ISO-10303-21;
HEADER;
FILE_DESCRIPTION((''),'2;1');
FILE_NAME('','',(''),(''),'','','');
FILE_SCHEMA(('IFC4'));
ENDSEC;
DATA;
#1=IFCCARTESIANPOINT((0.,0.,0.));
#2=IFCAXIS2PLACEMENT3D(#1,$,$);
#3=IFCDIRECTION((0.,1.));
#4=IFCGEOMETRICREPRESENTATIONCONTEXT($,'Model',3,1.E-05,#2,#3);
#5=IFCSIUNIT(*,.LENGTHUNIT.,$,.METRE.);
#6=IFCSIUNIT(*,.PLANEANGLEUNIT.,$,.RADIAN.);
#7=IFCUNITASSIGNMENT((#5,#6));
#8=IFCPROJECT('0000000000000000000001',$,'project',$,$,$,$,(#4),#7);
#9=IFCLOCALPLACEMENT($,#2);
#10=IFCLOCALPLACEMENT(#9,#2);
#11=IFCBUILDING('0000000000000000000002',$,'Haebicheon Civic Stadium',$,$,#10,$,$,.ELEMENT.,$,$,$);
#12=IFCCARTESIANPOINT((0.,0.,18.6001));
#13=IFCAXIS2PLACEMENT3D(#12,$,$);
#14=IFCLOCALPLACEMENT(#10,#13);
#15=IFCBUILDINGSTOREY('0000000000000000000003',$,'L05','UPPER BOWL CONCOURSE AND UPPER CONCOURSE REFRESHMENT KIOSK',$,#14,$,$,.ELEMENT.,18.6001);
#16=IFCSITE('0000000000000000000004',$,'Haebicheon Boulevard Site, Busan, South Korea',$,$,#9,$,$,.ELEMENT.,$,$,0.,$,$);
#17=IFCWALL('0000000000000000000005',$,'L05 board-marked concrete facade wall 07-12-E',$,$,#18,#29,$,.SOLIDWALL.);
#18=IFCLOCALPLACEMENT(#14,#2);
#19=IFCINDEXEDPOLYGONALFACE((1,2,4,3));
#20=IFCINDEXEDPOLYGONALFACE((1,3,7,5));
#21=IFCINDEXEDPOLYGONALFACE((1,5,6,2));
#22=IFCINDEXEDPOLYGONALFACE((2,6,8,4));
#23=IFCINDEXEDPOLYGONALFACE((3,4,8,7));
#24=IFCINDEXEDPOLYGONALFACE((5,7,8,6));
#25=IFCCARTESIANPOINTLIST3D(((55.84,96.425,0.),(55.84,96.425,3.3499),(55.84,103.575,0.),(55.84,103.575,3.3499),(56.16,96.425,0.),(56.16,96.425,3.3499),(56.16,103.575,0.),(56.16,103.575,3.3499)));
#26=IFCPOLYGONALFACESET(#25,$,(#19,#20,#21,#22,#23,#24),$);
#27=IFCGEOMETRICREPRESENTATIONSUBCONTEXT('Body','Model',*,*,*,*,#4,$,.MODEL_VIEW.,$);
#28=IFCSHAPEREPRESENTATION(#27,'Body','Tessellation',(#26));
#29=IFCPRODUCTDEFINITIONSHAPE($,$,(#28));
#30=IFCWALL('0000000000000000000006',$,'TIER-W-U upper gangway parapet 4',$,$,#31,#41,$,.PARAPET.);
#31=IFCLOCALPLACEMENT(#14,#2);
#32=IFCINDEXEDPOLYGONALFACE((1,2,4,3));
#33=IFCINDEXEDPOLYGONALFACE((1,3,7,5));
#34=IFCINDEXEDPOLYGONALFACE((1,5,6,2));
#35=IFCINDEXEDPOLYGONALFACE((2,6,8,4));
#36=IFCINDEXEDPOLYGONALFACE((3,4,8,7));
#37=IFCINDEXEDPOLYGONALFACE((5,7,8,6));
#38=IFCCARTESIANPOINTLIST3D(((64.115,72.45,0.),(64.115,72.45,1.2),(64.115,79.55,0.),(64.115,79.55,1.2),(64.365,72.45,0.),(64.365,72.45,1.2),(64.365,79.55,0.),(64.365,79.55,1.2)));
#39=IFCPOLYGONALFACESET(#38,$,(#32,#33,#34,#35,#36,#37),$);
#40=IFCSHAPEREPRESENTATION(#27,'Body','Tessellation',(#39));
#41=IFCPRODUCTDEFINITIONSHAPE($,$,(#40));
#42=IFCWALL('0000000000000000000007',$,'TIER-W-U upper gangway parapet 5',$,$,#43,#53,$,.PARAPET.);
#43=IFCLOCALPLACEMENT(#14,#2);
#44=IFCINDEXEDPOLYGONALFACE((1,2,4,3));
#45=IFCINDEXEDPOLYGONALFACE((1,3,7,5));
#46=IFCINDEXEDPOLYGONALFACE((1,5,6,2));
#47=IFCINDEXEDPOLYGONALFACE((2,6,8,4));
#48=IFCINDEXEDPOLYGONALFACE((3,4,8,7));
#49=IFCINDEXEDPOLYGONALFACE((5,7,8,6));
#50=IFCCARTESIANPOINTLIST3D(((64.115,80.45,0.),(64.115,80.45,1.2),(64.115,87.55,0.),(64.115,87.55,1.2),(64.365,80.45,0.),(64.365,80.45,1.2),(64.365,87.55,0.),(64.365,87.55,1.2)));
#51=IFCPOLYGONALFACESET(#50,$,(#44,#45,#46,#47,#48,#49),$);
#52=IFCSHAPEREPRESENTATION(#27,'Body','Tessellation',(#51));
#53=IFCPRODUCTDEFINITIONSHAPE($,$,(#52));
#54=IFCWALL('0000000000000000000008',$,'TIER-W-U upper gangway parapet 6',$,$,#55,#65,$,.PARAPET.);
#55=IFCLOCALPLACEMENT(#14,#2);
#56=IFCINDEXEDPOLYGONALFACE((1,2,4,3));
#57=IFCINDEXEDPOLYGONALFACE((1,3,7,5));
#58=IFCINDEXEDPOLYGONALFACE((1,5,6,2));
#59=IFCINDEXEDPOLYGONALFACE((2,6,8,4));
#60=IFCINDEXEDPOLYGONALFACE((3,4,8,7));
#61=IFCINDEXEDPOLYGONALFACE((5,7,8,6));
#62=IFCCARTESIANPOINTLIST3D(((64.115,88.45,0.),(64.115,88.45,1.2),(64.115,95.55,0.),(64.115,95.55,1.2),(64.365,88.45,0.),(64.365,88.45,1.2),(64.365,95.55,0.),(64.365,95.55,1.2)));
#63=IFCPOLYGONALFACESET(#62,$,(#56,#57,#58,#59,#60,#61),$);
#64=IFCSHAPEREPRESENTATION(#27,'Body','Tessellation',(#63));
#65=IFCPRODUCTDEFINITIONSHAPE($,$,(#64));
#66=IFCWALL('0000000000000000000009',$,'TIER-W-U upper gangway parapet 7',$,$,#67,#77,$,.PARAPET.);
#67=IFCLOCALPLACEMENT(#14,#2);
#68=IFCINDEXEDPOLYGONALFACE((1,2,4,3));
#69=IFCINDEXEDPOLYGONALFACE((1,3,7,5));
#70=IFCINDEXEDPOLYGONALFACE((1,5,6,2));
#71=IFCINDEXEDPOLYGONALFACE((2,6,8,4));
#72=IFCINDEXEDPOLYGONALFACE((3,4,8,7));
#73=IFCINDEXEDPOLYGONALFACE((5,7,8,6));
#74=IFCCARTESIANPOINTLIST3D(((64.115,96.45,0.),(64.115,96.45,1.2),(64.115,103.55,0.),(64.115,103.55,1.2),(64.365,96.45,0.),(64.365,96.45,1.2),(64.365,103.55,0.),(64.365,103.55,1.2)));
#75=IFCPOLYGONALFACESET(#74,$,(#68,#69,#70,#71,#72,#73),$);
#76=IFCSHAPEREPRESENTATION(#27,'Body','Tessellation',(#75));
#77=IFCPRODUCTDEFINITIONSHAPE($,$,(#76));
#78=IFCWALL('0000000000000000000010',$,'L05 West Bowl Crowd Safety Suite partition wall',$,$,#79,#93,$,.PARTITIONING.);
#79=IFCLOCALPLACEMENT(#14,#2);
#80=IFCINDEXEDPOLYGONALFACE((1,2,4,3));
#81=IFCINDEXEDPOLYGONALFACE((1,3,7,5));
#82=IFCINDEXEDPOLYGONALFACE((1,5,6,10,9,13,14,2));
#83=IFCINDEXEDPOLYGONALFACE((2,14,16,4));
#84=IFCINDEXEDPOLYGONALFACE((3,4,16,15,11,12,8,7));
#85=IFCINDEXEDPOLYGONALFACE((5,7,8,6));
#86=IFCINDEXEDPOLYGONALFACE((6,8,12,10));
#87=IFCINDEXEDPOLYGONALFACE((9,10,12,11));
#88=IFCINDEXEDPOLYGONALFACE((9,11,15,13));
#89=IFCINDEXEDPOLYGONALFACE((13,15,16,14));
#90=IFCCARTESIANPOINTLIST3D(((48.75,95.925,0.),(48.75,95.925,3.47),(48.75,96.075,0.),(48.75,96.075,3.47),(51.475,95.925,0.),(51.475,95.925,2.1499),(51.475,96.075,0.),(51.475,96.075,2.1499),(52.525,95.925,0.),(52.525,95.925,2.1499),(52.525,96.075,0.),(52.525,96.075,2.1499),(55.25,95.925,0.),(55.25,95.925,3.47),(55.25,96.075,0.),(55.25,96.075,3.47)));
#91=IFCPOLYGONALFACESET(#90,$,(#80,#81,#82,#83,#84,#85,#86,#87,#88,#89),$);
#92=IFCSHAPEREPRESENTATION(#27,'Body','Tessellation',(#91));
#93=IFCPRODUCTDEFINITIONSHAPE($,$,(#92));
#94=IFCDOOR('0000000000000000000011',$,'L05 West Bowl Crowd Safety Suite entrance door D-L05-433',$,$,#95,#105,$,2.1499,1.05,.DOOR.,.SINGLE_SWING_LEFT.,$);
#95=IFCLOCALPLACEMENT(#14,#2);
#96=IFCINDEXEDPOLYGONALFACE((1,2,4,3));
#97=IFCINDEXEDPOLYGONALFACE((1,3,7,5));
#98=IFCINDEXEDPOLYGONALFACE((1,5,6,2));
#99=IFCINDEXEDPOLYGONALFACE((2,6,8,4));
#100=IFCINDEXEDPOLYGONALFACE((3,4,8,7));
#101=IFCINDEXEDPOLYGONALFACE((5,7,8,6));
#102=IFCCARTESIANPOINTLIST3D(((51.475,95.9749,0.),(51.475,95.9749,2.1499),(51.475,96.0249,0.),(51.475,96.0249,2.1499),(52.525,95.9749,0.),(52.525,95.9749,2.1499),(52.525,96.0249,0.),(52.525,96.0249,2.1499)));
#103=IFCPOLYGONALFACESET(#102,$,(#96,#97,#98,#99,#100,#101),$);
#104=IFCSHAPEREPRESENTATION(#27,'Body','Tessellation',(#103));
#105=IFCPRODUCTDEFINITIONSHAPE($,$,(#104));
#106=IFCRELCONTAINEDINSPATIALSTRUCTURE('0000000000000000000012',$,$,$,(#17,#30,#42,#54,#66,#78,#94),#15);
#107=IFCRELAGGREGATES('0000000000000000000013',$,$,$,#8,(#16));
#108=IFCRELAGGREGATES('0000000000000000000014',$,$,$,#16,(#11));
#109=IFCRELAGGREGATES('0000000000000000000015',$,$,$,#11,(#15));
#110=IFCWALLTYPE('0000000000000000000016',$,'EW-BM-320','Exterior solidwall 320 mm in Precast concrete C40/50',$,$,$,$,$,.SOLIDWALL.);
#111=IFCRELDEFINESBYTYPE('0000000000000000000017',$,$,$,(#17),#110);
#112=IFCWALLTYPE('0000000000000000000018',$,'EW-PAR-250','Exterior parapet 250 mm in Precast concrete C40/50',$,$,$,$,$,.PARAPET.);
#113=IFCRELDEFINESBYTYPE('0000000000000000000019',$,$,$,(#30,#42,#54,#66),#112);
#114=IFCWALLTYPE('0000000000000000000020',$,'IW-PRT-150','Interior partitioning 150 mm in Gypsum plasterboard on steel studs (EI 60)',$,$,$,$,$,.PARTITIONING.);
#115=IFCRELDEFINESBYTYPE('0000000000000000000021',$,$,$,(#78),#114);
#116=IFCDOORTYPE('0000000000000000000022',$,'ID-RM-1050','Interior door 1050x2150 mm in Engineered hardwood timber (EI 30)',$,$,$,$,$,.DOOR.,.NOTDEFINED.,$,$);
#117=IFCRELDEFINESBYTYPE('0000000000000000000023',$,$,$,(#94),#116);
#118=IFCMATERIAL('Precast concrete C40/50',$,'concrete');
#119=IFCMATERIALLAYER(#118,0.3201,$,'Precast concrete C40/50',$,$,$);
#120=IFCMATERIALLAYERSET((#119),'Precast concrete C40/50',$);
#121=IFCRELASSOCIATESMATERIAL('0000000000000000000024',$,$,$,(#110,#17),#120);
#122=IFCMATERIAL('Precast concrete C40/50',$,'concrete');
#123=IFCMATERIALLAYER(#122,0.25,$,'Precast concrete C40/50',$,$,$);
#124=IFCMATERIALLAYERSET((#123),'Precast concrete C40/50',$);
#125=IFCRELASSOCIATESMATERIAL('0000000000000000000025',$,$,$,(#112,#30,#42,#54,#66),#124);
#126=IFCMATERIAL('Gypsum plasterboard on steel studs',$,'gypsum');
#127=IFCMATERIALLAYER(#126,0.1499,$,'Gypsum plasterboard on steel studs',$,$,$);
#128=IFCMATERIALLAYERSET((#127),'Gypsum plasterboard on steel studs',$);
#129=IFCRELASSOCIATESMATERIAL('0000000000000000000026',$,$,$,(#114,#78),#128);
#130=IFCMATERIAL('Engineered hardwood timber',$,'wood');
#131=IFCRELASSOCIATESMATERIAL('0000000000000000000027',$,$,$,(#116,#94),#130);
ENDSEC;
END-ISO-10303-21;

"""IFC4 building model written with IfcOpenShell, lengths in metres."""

from ifc_helpers import new_model, si_unit, direction, frame, frame_2d, origin, place, context, subcontext, project, spatial, rectangle, extrude, material, layer, layer_set, type_object, element, fill, save


model = new_model("IFC4")

# Units and contexts
model_context = context("Model", 3, precision=1e-05, world=origin(), true_north=direction((0.0, 1.0)))
body_context = subcontext(model_context, "Body", "Model", "MODEL_VIEW")
ifc_project = project(units=[si_unit("LENGTHUNIT", "METRE"), si_unit("PLANEANGLEUNIT", "RADIAN")], contexts=[model_context])

# Site, building, storey
site_placement = place(None, origin())
site = spatial("IfcSite", under=ifc_project, at=site_placement, Name="Haebicheon Boulevard Site, Busan, South Korea", CompositionType="ELEMENT", RefElevation=0.0)
building_placement = place(site_placement, origin())
building = spatial("IfcBuilding", under=site, at=building_placement, Name="Haebicheon Civic Stadium", CompositionType="ELEMENT")
storey_placement = place(building_placement, frame((0.0, 0.0, 18.6001)))
storey = spatial("IfcBuildingStorey", under=building, at=storey_placement, Name="L05", Description="UPPER BOWL CONCOURSE AND UPPER CONCOURSE REFRESHMENT KIOSK", CompositionType="ELEMENT", Elevation=18.6001)

# Walls
ifc_material_1 = material(Name="Precast concrete C40/50", Category="concrete")
ifc_layer_1 = layer(ifc_material_1, 0.3201, Name="Precast concrete C40/50")
ifc_layer_set_1 = layer_set([ifc_layer_1], Name="Precast concrete C40/50")
wall_type_1 = type_object("IfcWallType", Name="EW-BM-320", Description="Exterior solidwall 320 mm in Precast concrete C40/50", PredefinedType="SOLIDWALL", material=ifc_layer_set_1)
for number, where, z_axis, x_axis, name in (
    (1, (56.0, 96.425, 0.0), (0.0, 0.0, 1.0), (0.0, 1.0, 0.0), "L05 board-marked concrete facade wall 07-12-E"),
):
    element("IfcWall", number, at=place(storey_placement, frame(where, z_axis=z_axis, x_axis=x_axis)), inside=storey, type_object=wall_type_1, material=ifc_layer_set_1, Name=name, PredefinedType="SOLIDWALL", context=body_context, shape_type="SweptSolid", body=[
        extrude(rectangle(XDim=7.1499, YDim=0.3201, at=frame_2d((3.575, 0.0))), origin(), (0.0, 0.0, 1.0), 3.3499),
    ])
ifc_material_2 = material(Name="Precast concrete C40/50", Category="concrete")
ifc_layer_2 = layer(ifc_material_2, 0.25, Name="Precast concrete C40/50")
ifc_layer_set_2 = layer_set([ifc_layer_2], Name="Precast concrete C40/50")
wall_type_2 = type_object("IfcWallType", Name="EW-PAR-250", Description="Exterior parapet 250 mm in Precast concrete C40/50", PredefinedType="PARAPET", material=ifc_layer_set_2)
for number, where, z_axis, x_axis, name in (
    (2, (64.24, 72.45, 0.0), (0.0, 0.0, 1.0), (0.0, 1.0, 0.0), "TIER-W-U upper gangway parapet 4"),
    (3, (64.24, 80.45, 0.0), (0.0, 0.0, 1.0), (0.0, 1.0, 0.0), "TIER-W-U upper gangway parapet 5"),
    (4, (64.24, 88.45, 0.0), (0.0, 0.0, 1.0), (0.0, 1.0, 0.0), "TIER-W-U upper gangway parapet 6"),
    (5, (64.24, 96.45, 0.0), (0.0, 0.0, 1.0), (0.0, 1.0, 0.0), "TIER-W-U upper gangway parapet 7"),
):
    element("IfcWall", number, at=place(storey_placement, frame(where, z_axis=z_axis, x_axis=x_axis)), inside=storey, type_object=wall_type_2, material=ifc_layer_set_2, Name=name, PredefinedType="PARAPET", context=body_context, shape_type="SweptSolid", body=[
        extrude(rectangle(XDim=7.1001, YDim=0.25, at=frame_2d((3.55, 0.0))), origin(), (0.0, 0.0, 1.0), 1.2),
    ])

# Wall, opening, door
ifc_material_3 = material(Name="Gypsum plasterboard on steel studs", Category="gypsum")
ifc_layer_3 = layer(ifc_material_3, 0.1499, Name="Gypsum plasterboard on steel studs")
ifc_layer_set_3 = layer_set([ifc_layer_3], Name="Gypsum plasterboard on steel studs")
wall_type_3 = type_object("IfcWallType", Name="IW-PRT-150", Description="Interior partitioning 150 mm in Gypsum plasterboard on steel studs (EI 60)", PredefinedType="PARTITIONING", material=ifc_layer_set_3)
wall_placement = place(storey_placement, frame((48.75, 96.0, 0.0), z_axis=(0.0, 0.0, 1.0), x_axis=(1.0, 0.0, 0.0)))
wall = element("IfcWall", 6, at=wall_placement, inside=storey, type_object=wall_type_3, material=ifc_layer_set_3, Name="L05 West Bowl Crowd Safety Suite partition wall", PredefinedType="PARTITIONING", context=body_context, shape_type="SweptSolid", body=[
    extrude(rectangle(XDim=6.5, YDim=0.1499, at=frame_2d((3.25, 0.0))), origin(), (0.0, 0.0, 1.0), 3.47),
])
opening_placement = place(wall_placement, frame((2.7251, 0.0, 0.0)))
opening = element("IfcOpeningElement", 7, at=opening_placement, cuts=wall, PredefinedType="OPENING", context=body_context, shape_type="SweptSolid", body=[
    extrude(rectangle(XDim=1.05, YDim=2.1499, at=frame_2d((0.5249, 1.075))), frame((0.0, 0.085, 0.0), z_axis=(0.0, -1.0, 0.0), x_axis=(1.0, 0.0, 0.0)), (0.0, 0.0, 1.0), 0.1699),
])
ifc_material_4 = material(Name="Engineered hardwood timber", Category="wood")
door_type = type_object("IfcDoorType", Name="ID-RM-1050", Description="Interior door 1050x2150 mm in Engineered hardwood timber (EI 30)", OperationType="NOTDEFINED", PredefinedType="DOOR", material=ifc_material_4)
door_placement = place(opening_placement, origin())
door = element("IfcDoor", 8, at=door_placement, inside=storey, type_object=door_type, material=ifc_material_4, Name="L05 West Bowl Crowd Safety Suite entrance door D-L05-433", OperationType="SINGLE_SWING_LEFT", OverallHeight=2.1499, OverallWidth=1.05, PredefinedType="DOOR", context=body_context, shape_type="SweptSolid", body=[
    extrude(rectangle(XDim=1.05, YDim=2.1499, at=frame_2d((0.5249, 1.075))), frame((0.0, 0.0249, 0.0), z_axis=(0.0, -1.0, 0.0), x_axis=(1.0, 0.0, 0.0)), (0.0, 0.0, 1.0), 0.05),
])
fill(opening, door)

save(model, "model.ifc")
